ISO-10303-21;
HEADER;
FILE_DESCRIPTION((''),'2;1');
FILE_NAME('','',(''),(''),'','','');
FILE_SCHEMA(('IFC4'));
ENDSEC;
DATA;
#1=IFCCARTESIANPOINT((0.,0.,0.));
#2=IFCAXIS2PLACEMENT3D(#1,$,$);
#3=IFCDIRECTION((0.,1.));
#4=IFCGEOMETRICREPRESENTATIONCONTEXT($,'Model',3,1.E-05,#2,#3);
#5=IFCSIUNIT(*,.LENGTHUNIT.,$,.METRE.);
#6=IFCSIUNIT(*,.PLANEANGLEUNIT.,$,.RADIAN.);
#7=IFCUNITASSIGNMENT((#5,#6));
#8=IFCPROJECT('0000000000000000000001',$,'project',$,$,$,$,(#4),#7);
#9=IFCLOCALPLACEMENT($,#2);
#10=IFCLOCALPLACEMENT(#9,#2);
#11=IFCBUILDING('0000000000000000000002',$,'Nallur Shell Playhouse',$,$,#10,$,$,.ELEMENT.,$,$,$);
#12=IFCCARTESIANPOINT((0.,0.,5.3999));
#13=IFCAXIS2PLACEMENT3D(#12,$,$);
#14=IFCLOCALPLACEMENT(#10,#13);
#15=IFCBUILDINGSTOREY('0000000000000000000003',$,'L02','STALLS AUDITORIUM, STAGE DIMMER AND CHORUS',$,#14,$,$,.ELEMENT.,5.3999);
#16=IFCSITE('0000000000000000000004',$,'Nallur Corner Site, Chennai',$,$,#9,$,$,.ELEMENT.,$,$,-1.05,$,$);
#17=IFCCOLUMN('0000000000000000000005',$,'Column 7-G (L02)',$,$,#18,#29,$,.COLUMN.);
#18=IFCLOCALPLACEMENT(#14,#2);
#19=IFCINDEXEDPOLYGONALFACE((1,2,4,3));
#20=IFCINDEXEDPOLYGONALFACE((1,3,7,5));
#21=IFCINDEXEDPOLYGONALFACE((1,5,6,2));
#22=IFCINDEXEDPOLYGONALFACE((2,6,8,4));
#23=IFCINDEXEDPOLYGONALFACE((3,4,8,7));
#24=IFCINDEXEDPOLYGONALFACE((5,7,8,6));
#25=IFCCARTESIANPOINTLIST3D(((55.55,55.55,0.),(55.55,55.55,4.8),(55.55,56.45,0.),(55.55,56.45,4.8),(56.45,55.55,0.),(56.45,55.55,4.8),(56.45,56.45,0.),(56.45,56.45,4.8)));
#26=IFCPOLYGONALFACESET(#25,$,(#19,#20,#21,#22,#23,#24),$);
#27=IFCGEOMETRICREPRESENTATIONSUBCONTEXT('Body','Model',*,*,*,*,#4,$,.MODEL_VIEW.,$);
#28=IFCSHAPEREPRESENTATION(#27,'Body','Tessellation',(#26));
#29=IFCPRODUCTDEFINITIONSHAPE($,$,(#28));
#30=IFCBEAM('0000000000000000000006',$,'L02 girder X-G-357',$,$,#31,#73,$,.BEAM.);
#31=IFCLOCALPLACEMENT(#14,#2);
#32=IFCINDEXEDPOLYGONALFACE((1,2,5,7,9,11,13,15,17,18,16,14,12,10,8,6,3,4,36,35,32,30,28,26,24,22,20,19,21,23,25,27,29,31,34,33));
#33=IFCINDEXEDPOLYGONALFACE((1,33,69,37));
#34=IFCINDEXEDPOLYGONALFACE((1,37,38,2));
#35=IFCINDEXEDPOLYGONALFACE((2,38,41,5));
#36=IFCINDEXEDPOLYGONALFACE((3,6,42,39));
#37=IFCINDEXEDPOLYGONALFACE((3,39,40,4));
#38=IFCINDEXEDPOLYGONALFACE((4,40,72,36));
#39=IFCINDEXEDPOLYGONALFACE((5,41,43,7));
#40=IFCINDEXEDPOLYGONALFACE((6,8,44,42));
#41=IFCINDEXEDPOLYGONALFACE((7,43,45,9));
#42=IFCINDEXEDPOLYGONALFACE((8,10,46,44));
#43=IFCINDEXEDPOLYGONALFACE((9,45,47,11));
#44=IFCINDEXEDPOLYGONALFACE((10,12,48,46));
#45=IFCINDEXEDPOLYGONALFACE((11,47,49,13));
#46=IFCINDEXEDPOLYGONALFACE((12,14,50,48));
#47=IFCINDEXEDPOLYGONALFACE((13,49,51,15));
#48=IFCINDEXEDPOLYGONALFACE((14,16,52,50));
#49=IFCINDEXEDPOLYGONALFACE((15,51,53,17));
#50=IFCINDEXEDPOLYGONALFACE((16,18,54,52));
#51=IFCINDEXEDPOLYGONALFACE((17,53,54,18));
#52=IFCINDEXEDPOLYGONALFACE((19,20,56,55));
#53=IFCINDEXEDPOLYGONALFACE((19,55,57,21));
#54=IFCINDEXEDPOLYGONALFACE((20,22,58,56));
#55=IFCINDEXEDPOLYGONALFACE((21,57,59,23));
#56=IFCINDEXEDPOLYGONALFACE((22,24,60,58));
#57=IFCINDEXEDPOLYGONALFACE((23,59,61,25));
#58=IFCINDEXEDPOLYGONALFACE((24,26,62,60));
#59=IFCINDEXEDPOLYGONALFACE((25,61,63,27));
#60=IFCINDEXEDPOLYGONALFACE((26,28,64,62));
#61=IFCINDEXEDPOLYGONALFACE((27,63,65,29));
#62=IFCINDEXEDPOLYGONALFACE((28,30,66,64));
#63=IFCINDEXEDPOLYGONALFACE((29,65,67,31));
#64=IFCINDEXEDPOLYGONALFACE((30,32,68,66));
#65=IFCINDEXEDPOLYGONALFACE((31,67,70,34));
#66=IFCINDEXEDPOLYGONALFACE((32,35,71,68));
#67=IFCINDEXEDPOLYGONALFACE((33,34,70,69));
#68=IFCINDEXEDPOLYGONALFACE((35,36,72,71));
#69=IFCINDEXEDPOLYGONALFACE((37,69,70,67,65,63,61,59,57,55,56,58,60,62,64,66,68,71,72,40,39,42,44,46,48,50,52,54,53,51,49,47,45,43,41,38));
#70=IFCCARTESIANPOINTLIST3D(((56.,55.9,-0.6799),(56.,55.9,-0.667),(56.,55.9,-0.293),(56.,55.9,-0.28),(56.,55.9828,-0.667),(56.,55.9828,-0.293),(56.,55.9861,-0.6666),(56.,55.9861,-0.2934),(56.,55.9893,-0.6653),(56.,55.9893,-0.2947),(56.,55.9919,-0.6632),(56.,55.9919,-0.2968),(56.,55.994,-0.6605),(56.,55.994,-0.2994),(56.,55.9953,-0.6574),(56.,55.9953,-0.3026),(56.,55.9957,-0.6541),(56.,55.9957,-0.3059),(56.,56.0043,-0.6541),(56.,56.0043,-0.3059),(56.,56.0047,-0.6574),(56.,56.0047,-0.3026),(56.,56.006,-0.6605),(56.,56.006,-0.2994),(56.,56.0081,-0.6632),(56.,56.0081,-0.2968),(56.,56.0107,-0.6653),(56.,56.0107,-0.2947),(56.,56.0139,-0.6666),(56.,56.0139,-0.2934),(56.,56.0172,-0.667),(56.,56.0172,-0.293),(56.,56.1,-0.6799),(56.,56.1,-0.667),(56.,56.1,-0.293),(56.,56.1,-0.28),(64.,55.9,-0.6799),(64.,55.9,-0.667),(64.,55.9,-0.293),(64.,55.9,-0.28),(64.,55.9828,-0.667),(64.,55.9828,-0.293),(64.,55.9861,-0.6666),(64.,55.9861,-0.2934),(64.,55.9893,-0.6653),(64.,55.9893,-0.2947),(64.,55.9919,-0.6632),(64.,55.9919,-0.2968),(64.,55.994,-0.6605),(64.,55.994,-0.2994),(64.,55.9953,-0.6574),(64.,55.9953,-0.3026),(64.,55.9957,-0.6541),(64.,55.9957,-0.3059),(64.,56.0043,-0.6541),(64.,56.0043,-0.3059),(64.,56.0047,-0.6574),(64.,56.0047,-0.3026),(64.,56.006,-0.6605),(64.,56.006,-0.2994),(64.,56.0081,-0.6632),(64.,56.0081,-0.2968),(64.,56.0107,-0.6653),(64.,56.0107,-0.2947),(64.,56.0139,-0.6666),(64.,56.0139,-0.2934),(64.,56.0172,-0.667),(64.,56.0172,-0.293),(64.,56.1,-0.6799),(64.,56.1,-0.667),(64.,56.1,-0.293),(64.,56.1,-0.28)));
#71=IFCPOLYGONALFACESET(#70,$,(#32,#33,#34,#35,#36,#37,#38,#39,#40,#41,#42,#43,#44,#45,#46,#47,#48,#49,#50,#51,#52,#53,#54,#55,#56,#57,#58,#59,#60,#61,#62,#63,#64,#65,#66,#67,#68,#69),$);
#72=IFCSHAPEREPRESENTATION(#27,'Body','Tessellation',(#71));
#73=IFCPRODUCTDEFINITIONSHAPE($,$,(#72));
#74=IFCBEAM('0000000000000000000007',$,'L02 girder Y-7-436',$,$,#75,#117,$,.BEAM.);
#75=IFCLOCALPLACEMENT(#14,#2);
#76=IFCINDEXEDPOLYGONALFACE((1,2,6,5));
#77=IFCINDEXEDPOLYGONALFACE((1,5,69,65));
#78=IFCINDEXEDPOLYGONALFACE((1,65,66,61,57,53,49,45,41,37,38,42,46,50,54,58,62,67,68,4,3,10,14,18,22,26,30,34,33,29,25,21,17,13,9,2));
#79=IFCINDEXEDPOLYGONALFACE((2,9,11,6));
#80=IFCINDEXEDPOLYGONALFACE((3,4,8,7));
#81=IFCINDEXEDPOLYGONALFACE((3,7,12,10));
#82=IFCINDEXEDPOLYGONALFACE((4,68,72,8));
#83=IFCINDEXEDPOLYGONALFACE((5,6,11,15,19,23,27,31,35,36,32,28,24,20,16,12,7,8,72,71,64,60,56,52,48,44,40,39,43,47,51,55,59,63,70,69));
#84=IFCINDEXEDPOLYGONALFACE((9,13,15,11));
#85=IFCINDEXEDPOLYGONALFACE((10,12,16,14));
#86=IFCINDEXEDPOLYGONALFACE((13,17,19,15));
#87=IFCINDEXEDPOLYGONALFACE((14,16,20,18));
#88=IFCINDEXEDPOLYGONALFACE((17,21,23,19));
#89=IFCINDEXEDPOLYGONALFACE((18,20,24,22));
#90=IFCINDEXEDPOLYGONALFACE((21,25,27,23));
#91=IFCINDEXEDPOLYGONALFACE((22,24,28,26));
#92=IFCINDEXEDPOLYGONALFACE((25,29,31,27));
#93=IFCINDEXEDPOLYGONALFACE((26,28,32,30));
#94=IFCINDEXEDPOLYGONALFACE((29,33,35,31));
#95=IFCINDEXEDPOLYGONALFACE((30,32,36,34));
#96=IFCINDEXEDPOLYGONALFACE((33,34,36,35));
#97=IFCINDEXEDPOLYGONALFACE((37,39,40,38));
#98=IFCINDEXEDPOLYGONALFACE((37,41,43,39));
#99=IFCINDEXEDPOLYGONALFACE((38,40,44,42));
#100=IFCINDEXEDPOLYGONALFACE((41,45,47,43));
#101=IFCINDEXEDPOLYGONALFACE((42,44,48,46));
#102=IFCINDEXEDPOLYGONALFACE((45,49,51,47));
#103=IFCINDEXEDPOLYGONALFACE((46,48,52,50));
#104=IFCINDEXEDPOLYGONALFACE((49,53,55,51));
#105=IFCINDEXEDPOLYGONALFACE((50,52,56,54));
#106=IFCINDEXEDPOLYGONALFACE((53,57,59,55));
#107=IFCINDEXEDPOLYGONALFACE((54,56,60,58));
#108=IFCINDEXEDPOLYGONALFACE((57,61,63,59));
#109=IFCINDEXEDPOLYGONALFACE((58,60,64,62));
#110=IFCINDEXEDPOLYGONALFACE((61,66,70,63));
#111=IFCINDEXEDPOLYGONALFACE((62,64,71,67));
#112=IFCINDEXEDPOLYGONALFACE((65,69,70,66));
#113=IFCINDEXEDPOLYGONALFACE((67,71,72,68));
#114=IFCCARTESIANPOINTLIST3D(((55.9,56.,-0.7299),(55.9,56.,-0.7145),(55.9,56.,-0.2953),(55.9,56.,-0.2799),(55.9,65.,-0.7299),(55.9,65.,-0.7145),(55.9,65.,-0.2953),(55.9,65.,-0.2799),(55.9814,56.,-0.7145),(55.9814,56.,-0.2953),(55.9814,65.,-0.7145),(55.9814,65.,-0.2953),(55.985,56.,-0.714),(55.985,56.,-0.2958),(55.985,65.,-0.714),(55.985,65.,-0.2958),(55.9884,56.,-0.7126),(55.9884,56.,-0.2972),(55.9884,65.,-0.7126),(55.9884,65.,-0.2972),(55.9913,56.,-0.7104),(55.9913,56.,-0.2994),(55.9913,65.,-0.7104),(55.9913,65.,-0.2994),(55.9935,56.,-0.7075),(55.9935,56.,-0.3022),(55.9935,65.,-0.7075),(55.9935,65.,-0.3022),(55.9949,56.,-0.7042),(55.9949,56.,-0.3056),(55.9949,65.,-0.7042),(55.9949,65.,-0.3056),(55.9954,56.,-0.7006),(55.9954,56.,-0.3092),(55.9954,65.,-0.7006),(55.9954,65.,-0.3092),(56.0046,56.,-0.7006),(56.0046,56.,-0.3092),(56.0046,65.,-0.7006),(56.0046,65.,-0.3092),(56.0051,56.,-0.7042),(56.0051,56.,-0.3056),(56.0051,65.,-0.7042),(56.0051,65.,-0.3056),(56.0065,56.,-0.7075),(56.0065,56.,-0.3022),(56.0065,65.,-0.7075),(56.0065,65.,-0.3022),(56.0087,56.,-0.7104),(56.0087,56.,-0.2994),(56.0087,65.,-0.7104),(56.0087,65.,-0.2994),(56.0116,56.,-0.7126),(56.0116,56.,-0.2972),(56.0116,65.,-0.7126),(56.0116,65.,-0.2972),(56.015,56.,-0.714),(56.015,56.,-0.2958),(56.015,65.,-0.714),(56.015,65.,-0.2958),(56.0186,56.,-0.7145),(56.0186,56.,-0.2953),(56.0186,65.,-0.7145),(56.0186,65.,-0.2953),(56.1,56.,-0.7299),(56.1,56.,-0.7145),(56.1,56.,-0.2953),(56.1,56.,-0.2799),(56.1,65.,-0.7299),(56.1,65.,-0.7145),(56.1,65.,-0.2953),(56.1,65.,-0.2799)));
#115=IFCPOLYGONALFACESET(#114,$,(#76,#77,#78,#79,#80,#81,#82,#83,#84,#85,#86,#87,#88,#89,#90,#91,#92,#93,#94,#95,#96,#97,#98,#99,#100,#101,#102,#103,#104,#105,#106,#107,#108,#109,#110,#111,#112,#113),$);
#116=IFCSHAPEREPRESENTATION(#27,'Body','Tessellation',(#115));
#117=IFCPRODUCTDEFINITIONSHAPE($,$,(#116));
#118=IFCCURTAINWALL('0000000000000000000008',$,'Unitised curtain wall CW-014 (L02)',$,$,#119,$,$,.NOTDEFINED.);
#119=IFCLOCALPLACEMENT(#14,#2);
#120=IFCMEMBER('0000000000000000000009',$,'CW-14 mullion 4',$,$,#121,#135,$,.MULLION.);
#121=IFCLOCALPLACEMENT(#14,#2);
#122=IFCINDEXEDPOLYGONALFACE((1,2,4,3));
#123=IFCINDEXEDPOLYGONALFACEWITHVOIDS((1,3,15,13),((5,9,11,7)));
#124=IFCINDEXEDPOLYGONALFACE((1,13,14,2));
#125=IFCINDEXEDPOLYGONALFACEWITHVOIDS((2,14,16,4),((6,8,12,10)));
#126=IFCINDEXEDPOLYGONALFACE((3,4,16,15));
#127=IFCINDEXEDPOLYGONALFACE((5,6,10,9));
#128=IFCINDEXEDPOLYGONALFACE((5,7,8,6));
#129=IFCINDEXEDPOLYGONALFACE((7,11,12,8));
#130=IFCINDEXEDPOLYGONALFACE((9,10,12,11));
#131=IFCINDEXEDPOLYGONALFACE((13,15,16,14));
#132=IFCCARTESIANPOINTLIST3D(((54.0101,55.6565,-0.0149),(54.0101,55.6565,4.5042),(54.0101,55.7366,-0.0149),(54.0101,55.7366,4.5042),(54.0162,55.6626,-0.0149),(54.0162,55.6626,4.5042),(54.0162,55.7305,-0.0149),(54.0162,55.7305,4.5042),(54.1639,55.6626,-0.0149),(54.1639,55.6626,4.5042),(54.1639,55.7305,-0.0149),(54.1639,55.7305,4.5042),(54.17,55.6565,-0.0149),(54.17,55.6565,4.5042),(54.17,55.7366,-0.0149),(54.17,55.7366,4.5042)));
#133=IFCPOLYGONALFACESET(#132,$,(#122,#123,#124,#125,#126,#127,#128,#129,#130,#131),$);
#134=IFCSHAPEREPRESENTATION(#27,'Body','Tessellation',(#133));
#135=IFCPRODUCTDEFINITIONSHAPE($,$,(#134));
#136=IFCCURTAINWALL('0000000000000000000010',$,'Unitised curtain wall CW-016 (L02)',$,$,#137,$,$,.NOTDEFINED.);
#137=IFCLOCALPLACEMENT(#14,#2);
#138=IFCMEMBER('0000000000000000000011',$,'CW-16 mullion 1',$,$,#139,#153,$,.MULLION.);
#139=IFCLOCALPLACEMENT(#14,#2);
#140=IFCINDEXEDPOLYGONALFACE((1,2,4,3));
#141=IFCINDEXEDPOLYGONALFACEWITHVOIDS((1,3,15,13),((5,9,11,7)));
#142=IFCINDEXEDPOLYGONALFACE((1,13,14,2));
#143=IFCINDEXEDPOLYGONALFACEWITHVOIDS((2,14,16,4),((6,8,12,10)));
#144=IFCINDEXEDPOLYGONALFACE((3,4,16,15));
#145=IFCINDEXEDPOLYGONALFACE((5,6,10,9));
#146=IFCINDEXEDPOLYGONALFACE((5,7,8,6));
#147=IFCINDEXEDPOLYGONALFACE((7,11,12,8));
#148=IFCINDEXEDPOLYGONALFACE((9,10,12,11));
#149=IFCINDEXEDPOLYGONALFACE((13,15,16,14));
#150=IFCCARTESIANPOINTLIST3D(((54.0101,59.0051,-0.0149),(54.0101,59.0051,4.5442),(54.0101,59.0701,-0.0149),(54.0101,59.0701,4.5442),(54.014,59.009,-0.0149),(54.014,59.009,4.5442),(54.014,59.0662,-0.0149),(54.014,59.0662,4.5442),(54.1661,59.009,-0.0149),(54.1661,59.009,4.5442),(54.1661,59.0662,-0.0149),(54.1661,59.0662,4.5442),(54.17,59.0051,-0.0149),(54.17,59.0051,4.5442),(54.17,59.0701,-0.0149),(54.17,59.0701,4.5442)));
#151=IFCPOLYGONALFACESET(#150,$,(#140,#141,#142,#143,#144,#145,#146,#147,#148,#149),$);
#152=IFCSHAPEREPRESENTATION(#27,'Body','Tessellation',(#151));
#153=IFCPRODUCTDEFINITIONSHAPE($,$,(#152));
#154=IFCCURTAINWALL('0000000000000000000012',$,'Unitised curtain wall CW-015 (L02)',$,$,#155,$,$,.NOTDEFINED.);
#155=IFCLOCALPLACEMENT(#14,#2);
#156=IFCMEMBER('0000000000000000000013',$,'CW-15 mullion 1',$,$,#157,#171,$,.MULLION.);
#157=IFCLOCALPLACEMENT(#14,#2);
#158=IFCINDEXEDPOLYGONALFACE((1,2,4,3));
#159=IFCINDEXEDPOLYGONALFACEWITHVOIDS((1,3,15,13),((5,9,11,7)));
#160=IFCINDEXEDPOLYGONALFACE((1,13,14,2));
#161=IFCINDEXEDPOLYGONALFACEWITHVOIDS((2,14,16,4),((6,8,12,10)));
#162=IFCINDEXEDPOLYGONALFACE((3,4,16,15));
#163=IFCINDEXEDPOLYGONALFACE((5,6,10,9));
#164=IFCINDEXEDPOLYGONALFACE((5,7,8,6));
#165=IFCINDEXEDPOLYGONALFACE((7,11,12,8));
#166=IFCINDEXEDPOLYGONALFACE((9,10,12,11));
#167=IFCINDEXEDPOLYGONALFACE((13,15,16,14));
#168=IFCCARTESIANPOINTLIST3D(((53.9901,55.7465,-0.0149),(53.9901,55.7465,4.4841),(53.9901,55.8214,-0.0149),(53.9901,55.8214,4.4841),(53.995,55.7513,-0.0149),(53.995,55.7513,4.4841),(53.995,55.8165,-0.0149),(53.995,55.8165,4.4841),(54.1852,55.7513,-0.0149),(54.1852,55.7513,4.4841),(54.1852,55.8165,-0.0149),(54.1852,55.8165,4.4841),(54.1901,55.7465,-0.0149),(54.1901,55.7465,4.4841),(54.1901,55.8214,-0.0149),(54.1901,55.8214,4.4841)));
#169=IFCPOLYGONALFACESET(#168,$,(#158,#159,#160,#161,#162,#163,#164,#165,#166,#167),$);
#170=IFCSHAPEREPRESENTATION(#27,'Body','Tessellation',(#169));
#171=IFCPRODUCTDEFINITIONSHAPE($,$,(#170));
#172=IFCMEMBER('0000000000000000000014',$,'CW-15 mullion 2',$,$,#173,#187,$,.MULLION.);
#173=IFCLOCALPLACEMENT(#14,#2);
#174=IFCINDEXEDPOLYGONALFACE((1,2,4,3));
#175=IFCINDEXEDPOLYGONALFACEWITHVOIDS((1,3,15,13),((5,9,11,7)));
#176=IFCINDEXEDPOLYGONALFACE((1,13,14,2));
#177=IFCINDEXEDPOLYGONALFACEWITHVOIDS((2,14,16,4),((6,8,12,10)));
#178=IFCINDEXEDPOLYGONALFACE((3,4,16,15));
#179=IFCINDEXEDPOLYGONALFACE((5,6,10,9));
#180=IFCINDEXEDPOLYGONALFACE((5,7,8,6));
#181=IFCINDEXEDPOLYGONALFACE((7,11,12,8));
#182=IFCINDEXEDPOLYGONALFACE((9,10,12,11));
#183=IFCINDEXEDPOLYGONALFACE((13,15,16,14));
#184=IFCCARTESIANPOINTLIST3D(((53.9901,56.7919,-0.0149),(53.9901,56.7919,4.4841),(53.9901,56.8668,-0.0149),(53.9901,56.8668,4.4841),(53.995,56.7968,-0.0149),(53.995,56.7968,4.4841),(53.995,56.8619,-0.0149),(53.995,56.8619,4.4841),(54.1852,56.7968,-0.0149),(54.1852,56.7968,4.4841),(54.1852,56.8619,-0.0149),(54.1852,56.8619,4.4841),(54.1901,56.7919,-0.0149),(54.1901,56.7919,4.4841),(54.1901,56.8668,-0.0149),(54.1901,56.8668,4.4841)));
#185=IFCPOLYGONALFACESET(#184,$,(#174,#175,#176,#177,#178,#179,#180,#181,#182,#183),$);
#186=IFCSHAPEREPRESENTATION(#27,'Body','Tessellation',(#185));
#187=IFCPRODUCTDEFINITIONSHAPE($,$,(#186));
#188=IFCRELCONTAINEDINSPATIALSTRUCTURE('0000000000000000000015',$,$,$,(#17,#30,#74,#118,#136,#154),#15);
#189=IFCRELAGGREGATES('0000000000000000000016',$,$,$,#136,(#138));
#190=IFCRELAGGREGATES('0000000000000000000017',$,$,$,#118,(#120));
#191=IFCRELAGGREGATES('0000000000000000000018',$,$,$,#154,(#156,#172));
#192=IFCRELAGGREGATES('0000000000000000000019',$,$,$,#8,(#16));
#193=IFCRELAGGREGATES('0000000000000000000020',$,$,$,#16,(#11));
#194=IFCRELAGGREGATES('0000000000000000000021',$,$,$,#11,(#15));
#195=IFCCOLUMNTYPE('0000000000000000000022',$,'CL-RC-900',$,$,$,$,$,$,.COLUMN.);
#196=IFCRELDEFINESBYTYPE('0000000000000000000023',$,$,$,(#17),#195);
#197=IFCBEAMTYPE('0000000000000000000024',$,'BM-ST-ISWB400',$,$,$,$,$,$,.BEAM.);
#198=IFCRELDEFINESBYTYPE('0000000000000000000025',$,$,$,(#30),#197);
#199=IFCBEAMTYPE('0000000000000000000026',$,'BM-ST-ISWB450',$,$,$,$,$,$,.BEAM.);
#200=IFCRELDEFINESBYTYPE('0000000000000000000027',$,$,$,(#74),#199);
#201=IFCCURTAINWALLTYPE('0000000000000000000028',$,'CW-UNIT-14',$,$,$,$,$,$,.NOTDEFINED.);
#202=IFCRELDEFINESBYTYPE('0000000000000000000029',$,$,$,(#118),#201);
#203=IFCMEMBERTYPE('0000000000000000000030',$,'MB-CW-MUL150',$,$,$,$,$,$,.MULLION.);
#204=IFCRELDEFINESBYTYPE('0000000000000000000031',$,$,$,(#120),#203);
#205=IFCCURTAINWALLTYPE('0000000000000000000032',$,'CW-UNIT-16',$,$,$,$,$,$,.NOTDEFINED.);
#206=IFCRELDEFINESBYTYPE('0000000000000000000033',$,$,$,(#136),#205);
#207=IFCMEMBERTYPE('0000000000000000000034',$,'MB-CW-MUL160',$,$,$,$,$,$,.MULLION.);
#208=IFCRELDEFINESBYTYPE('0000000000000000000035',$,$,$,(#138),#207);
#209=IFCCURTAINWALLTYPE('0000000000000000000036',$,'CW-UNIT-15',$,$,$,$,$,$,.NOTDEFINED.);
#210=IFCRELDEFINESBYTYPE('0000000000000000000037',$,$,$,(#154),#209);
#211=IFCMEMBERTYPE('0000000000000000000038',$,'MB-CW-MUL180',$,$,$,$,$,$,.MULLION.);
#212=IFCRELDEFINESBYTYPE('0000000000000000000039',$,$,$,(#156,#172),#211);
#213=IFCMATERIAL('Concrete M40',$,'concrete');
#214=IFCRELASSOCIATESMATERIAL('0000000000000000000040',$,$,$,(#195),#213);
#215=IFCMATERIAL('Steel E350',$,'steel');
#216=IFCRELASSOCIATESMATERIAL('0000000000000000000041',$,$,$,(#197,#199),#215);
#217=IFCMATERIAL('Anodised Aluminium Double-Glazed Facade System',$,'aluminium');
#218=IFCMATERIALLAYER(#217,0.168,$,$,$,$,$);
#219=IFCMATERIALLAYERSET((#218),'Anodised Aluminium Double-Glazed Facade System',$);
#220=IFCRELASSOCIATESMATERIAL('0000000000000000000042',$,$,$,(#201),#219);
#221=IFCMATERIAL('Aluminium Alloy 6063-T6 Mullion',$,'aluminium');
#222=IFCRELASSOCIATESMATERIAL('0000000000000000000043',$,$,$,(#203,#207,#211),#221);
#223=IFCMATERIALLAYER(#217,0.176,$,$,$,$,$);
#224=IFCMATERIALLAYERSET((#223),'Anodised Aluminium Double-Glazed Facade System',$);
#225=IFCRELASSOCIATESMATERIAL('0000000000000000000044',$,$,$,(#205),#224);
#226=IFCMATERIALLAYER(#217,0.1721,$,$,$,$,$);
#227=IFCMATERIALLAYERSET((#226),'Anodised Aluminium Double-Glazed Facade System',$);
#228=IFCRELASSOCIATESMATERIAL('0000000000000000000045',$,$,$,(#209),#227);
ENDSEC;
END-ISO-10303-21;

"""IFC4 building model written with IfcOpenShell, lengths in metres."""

from ifc_helpers import new_model, si_unit, direction, frame, origin, origin_2d, place, context, subcontext, project, spatial, rectangle, hollow_rectangle, i_section, extrude, material, layer, layer_set, material_profile, profile_set, type_object, element, aggregate, save


model = new_model("IFC4")

# Units and contexts
model_context = context("Model", 3, precision=1e-05, world=origin(), true_north=direction((0.0, 1.0)))
body_context = subcontext(model_context, "Body", "Model", "MODEL_VIEW")
ifc_project = project(units=[si_unit("LENGTHUNIT", "METRE"), si_unit("PLANEANGLEUNIT", "RADIAN")], contexts=[model_context])

# Site, building, storey
site_placement = place(None, origin())
site = spatial("IfcSite", under=ifc_project, at=site_placement, Name="Nallur Corner Site, Chennai", CompositionType="ELEMENT", RefElevation=-1.05)
building_placement = place(site_placement, origin())
building = spatial("IfcBuilding", under=site, at=building_placement, Name="Nallur Shell Playhouse", CompositionType="ELEMENT")
storey_placement = place(building_placement, frame((0.0, 0.0, 5.3999)))
storey = spatial("IfcBuildingStorey", under=building, at=storey_placement, Name="L02", Description="STALLS AUDITORIUM, STAGE DIMMER AND CHORUS", CompositionType="ELEMENT", Elevation=5.3999)

# Column
ifc_material_1 = material(Name="Concrete M40", Category="concrete")
ifc_material_profile_1 = material_profile(ifc_material_1, rectangle(XDim=0.8999, YDim=0.8999, at=origin_2d()), Name="RC 900x900")
ifc_profile_set_1 = profile_set([ifc_material_profile_1], Name="Concrete M40")
column_type = type_object("IfcColumnType", Name="CL-RC-900", PredefinedType="COLUMN", material=ifc_profile_set_1)
column_placement = place(storey_placement, frame((56.0, 56.0, 0.0), z_axis=(0.0, 0.0, 1.0), x_axis=(1.0, 0.0, 0.0)))
element("IfcColumn", 1, at=column_placement, inside=storey, type_object=column_type, Name="Column 7-G (L02)", PredefinedType="COLUMN", context=body_context, shape_type="SweptSolid", body=[
    extrude(rectangle(XDim=0.8999, YDim=0.8999, at=origin_2d()), origin(), (0.0, 0.0, 1.0), 4.8),
])

# Beams
ifc_material_2 = material(Name="Steel E350", Category="steel")
ifc_material_profile_2 = material_profile(ifc_material_2, i_section(OverallWidth=0.2, OverallDepth=0.3999, WebThickness=0.0085, FlangeThickness=0.0129, FilletRadius=0.0129, at=origin_2d()), Name="ISWB 400")
ifc_profile_set_2 = profile_set([ifc_material_profile_2], Name="Steel E350")
beam_type_1 = type_object("IfcBeamType", Name="BM-ST-ISWB400", PredefinedType="BEAM", material=ifc_profile_set_2)
beam_1_placement = place(storey_placement, frame((56.0, 56.0, -0.48), z_axis=(1.0, 0.0, 0.0), x_axis=(0.0, 1.0, 0.0)))
element("IfcBeam", 2, at=beam_1_placement, inside=storey, type_object=beam_type_1, Name="L02 girder X-G-357", PredefinedType="BEAM", context=body_context, shape_type="SweptSolid", body=[
    extrude(i_section(OverallWidth=0.2, OverallDepth=0.3999, WebThickness=0.0085, FlangeThickness=0.0129, FilletRadius=0.0129, at=origin_2d()), origin(), (0.0, 0.0, 1.0), 8.0),
])
ifc_material_profile_3 = material_profile(ifc_material_2, i_section(OverallWidth=0.2, OverallDepth=0.45, WebThickness=0.0093, FlangeThickness=0.0154, FilletRadius=0.0139, at=origin_2d()), Name="ISWB 450")
ifc_profile_set_3 = profile_set([ifc_material_profile_3], Name="Steel E350")
beam_type_2 = type_object("IfcBeamType", Name="BM-ST-ISWB450", PredefinedType="BEAM", material=ifc_profile_set_3)
beam_2_placement = place(storey_placement, frame((56.0, 56.0, -0.5049), z_axis=(0.0, 1.0, 0.0), x_axis=(-1.0, 0.0, 0.0)))
element("IfcBeam", 3, at=beam_2_placement, inside=storey, type_object=beam_type_2, Name="L02 girder Y-7-436", PredefinedType="BEAM", context=body_context, shape_type="SweptSolid", body=[
    extrude(i_section(OverallWidth=0.2, OverallDepth=0.45, WebThickness=0.0093, FlangeThickness=0.0154, FilletRadius=0.0139, at=origin_2d()), origin(), (0.0, 0.0, 1.0), 9.0),
])

# Curtain walls, members
ifc_material_3 = material(Name="Anodised Aluminium Double-Glazed Facade System", Category="aluminium")
ifc_layer_1 = layer(ifc_material_3, 0.168)
ifc_layer_set_1 = layer_set([ifc_layer_1], Name="Anodised Aluminium Double-Glazed Facade System")
curtain_wall_type_1 = type_object("IfcCurtainWallType", Name="CW-UNIT-14", PredefinedType="NOTDEFINED", material=ifc_layer_set_1)
curtain_wall_1_placement = place(storey_placement, origin())
curtain_wall_1 = element("IfcCurtainWall", 4, at=curtain_wall_1_placement, inside=storey, type_object=curtain_wall_type_1, Name="Unitised curtain wall CW-014 (L02)", PredefinedType="NOTDEFINED")
ifc_material_4 = material(Name="Aluminium Alloy 6063-T6 Mullion", Category="aluminium")
ifc_material_profile_4 = material_profile(ifc_material_4, hollow_rectangle(XDim=0.0801, YDim=0.1599, WallThickness=0.0061, at=origin_2d()), Name="RHS 160x80x6")
ifc_profile_set_4 = profile_set([ifc_material_profile_4], Name="Aluminium Alloy 6063-T6 Mullion")
member_type_1 = type_object("IfcMemberType", Name="MB-CW-MUL150", PredefinedType="MULLION", material=ifc_profile_set_4)
member_1_placement = place(storey_placement, frame((54.0901, 55.6965, -0.0149), z_axis=(0.0, 0.0, 1.0), x_axis=(0.0, 1.0, 0.0)))
member_1 = element("IfcMember", 5, at=member_1_placement, type_object=member_type_1, Name="CW-14 mullion 4", PredefinedType="MULLION", context=body_context, shape_type="SweptSolid", body=[
    extrude(hollow_rectangle(XDim=0.0801, YDim=0.1599, WallThickness=0.0061, at=origin_2d()), origin(), (0.0, 0.0, 1.0), 4.519),
])
ifc_layer_2 = layer(ifc_material_3, 0.176)
ifc_layer_set_2 = layer_set([ifc_layer_2], Name="Anodised Aluminium Double-Glazed Facade System")
curtain_wall_type_2 = type_object("IfcCurtainWallType", Name="CW-UNIT-16", PredefinedType="NOTDEFINED", material=ifc_layer_set_2)
curtain_wall_2_placement = place(storey_placement, origin())
curtain_wall_2 = element("IfcCurtainWall", 6, at=curtain_wall_2_placement, inside=storey, type_object=curtain_wall_type_2, Name="Unitised curtain wall CW-016 (L02)", PredefinedType="NOTDEFINED")
ifc_material_profile_5 = material_profile(ifc_material_4, hollow_rectangle(XDim=0.0649, YDim=0.1599, WallThickness=0.0039, at=origin_2d()), Name="ALU 65x160x4")
ifc_profile_set_5 = profile_set([ifc_material_profile_5], Name="Aluminium Alloy 6063-T6 Mullion")
member_type_2 = type_object("IfcMemberType", Name="MB-CW-MUL160", PredefinedType="MULLION", material=ifc_profile_set_5)
member_2_placement = place(storey_placement, frame((54.0901, 59.0376, -0.0149), z_axis=(0.0, 0.0, 1.0), x_axis=(0.0, 1.0, 0.0)))
member_2 = element("IfcMember", 7, at=member_2_placement, type_object=member_type_2, Name="CW-16 mullion 1", PredefinedType="MULLION", context=body_context, shape_type="SweptSolid", body=[
    extrude(hollow_rectangle(XDim=0.0649, YDim=0.1599, WallThickness=0.0039, at=origin_2d()), origin(), (0.0, 0.0, 1.0), 4.5591),
])

# Curtain wall, members
ifc_layer_3 = layer(ifc_material_3, 0.1721)
ifc_layer_set_3 = layer_set([ifc_layer_3], Name="Anodised Aluminium Double-Glazed Facade System")
curtain_wall_type_3 = type_object("IfcCurtainWallType", Name="CW-UNIT-15", PredefinedType="NOTDEFINED", material=ifc_layer_set_3)
curtain_wall_3_placement = place(storey_placement, origin())
curtain_wall_3 = element("IfcCurtainWall", 8, at=curtain_wall_3_placement, inside=storey, type_object=curtain_wall_type_3, Name="Unitised curtain wall CW-015 (L02)", PredefinedType="NOTDEFINED")
ifc_material_profile_6 = material_profile(ifc_material_4, hollow_rectangle(XDim=0.075, YDim=0.2, WallThickness=0.0049, at=origin_2d()), Name="ALU 75x200x5")
ifc_profile_set_6 = profile_set([ifc_material_profile_6], Name="Aluminium Alloy 6063-T6 Mullion")
member_type_3 = type_object("IfcMemberType", Name="MB-CW-MUL180", PredefinedType="MULLION", material=ifc_profile_set_6)
member_3_placement = place(storey_placement, frame((54.0901, 55.7839, -0.0149), z_axis=(0.0, 0.0, 1.0), x_axis=(0.0, 1.0, 0.0)))
member_3 = element("IfcMember", 9, at=member_3_placement, type_object=member_type_3, Name="CW-15 mullion 1", PredefinedType="MULLION", context=body_context, shape_type="SweptSolid", body=[
    extrude(hollow_rectangle(XDim=0.075, YDim=0.2, WallThickness=0.0049, at=origin_2d()), origin(), (0.0, 0.0, 1.0), 4.499),
])
member_4_placement = place(storey_placement, frame((54.0901, 56.8293, -0.0149), z_axis=(0.0, 0.0, 1.0), x_axis=(0.0, 1.0, 0.0)))
member_4 = element("IfcMember", 10, at=member_4_placement, type_object=member_type_3, Name="CW-15 mullion 2", PredefinedType="MULLION", context=body_context, shape_type="SweptSolid", body=[
    extrude(hollow_rectangle(XDim=0.075, YDim=0.2, WallThickness=0.0049, at=origin_2d()), origin(), (0.0, 0.0, 1.0), 4.499),
])

aggregate(curtain_wall_2, [member_2])

aggregate(curtain_wall_1, [member_1])
aggregate(curtain_wall_3, [member_3, member_4])

save(model, "model.ifc")
